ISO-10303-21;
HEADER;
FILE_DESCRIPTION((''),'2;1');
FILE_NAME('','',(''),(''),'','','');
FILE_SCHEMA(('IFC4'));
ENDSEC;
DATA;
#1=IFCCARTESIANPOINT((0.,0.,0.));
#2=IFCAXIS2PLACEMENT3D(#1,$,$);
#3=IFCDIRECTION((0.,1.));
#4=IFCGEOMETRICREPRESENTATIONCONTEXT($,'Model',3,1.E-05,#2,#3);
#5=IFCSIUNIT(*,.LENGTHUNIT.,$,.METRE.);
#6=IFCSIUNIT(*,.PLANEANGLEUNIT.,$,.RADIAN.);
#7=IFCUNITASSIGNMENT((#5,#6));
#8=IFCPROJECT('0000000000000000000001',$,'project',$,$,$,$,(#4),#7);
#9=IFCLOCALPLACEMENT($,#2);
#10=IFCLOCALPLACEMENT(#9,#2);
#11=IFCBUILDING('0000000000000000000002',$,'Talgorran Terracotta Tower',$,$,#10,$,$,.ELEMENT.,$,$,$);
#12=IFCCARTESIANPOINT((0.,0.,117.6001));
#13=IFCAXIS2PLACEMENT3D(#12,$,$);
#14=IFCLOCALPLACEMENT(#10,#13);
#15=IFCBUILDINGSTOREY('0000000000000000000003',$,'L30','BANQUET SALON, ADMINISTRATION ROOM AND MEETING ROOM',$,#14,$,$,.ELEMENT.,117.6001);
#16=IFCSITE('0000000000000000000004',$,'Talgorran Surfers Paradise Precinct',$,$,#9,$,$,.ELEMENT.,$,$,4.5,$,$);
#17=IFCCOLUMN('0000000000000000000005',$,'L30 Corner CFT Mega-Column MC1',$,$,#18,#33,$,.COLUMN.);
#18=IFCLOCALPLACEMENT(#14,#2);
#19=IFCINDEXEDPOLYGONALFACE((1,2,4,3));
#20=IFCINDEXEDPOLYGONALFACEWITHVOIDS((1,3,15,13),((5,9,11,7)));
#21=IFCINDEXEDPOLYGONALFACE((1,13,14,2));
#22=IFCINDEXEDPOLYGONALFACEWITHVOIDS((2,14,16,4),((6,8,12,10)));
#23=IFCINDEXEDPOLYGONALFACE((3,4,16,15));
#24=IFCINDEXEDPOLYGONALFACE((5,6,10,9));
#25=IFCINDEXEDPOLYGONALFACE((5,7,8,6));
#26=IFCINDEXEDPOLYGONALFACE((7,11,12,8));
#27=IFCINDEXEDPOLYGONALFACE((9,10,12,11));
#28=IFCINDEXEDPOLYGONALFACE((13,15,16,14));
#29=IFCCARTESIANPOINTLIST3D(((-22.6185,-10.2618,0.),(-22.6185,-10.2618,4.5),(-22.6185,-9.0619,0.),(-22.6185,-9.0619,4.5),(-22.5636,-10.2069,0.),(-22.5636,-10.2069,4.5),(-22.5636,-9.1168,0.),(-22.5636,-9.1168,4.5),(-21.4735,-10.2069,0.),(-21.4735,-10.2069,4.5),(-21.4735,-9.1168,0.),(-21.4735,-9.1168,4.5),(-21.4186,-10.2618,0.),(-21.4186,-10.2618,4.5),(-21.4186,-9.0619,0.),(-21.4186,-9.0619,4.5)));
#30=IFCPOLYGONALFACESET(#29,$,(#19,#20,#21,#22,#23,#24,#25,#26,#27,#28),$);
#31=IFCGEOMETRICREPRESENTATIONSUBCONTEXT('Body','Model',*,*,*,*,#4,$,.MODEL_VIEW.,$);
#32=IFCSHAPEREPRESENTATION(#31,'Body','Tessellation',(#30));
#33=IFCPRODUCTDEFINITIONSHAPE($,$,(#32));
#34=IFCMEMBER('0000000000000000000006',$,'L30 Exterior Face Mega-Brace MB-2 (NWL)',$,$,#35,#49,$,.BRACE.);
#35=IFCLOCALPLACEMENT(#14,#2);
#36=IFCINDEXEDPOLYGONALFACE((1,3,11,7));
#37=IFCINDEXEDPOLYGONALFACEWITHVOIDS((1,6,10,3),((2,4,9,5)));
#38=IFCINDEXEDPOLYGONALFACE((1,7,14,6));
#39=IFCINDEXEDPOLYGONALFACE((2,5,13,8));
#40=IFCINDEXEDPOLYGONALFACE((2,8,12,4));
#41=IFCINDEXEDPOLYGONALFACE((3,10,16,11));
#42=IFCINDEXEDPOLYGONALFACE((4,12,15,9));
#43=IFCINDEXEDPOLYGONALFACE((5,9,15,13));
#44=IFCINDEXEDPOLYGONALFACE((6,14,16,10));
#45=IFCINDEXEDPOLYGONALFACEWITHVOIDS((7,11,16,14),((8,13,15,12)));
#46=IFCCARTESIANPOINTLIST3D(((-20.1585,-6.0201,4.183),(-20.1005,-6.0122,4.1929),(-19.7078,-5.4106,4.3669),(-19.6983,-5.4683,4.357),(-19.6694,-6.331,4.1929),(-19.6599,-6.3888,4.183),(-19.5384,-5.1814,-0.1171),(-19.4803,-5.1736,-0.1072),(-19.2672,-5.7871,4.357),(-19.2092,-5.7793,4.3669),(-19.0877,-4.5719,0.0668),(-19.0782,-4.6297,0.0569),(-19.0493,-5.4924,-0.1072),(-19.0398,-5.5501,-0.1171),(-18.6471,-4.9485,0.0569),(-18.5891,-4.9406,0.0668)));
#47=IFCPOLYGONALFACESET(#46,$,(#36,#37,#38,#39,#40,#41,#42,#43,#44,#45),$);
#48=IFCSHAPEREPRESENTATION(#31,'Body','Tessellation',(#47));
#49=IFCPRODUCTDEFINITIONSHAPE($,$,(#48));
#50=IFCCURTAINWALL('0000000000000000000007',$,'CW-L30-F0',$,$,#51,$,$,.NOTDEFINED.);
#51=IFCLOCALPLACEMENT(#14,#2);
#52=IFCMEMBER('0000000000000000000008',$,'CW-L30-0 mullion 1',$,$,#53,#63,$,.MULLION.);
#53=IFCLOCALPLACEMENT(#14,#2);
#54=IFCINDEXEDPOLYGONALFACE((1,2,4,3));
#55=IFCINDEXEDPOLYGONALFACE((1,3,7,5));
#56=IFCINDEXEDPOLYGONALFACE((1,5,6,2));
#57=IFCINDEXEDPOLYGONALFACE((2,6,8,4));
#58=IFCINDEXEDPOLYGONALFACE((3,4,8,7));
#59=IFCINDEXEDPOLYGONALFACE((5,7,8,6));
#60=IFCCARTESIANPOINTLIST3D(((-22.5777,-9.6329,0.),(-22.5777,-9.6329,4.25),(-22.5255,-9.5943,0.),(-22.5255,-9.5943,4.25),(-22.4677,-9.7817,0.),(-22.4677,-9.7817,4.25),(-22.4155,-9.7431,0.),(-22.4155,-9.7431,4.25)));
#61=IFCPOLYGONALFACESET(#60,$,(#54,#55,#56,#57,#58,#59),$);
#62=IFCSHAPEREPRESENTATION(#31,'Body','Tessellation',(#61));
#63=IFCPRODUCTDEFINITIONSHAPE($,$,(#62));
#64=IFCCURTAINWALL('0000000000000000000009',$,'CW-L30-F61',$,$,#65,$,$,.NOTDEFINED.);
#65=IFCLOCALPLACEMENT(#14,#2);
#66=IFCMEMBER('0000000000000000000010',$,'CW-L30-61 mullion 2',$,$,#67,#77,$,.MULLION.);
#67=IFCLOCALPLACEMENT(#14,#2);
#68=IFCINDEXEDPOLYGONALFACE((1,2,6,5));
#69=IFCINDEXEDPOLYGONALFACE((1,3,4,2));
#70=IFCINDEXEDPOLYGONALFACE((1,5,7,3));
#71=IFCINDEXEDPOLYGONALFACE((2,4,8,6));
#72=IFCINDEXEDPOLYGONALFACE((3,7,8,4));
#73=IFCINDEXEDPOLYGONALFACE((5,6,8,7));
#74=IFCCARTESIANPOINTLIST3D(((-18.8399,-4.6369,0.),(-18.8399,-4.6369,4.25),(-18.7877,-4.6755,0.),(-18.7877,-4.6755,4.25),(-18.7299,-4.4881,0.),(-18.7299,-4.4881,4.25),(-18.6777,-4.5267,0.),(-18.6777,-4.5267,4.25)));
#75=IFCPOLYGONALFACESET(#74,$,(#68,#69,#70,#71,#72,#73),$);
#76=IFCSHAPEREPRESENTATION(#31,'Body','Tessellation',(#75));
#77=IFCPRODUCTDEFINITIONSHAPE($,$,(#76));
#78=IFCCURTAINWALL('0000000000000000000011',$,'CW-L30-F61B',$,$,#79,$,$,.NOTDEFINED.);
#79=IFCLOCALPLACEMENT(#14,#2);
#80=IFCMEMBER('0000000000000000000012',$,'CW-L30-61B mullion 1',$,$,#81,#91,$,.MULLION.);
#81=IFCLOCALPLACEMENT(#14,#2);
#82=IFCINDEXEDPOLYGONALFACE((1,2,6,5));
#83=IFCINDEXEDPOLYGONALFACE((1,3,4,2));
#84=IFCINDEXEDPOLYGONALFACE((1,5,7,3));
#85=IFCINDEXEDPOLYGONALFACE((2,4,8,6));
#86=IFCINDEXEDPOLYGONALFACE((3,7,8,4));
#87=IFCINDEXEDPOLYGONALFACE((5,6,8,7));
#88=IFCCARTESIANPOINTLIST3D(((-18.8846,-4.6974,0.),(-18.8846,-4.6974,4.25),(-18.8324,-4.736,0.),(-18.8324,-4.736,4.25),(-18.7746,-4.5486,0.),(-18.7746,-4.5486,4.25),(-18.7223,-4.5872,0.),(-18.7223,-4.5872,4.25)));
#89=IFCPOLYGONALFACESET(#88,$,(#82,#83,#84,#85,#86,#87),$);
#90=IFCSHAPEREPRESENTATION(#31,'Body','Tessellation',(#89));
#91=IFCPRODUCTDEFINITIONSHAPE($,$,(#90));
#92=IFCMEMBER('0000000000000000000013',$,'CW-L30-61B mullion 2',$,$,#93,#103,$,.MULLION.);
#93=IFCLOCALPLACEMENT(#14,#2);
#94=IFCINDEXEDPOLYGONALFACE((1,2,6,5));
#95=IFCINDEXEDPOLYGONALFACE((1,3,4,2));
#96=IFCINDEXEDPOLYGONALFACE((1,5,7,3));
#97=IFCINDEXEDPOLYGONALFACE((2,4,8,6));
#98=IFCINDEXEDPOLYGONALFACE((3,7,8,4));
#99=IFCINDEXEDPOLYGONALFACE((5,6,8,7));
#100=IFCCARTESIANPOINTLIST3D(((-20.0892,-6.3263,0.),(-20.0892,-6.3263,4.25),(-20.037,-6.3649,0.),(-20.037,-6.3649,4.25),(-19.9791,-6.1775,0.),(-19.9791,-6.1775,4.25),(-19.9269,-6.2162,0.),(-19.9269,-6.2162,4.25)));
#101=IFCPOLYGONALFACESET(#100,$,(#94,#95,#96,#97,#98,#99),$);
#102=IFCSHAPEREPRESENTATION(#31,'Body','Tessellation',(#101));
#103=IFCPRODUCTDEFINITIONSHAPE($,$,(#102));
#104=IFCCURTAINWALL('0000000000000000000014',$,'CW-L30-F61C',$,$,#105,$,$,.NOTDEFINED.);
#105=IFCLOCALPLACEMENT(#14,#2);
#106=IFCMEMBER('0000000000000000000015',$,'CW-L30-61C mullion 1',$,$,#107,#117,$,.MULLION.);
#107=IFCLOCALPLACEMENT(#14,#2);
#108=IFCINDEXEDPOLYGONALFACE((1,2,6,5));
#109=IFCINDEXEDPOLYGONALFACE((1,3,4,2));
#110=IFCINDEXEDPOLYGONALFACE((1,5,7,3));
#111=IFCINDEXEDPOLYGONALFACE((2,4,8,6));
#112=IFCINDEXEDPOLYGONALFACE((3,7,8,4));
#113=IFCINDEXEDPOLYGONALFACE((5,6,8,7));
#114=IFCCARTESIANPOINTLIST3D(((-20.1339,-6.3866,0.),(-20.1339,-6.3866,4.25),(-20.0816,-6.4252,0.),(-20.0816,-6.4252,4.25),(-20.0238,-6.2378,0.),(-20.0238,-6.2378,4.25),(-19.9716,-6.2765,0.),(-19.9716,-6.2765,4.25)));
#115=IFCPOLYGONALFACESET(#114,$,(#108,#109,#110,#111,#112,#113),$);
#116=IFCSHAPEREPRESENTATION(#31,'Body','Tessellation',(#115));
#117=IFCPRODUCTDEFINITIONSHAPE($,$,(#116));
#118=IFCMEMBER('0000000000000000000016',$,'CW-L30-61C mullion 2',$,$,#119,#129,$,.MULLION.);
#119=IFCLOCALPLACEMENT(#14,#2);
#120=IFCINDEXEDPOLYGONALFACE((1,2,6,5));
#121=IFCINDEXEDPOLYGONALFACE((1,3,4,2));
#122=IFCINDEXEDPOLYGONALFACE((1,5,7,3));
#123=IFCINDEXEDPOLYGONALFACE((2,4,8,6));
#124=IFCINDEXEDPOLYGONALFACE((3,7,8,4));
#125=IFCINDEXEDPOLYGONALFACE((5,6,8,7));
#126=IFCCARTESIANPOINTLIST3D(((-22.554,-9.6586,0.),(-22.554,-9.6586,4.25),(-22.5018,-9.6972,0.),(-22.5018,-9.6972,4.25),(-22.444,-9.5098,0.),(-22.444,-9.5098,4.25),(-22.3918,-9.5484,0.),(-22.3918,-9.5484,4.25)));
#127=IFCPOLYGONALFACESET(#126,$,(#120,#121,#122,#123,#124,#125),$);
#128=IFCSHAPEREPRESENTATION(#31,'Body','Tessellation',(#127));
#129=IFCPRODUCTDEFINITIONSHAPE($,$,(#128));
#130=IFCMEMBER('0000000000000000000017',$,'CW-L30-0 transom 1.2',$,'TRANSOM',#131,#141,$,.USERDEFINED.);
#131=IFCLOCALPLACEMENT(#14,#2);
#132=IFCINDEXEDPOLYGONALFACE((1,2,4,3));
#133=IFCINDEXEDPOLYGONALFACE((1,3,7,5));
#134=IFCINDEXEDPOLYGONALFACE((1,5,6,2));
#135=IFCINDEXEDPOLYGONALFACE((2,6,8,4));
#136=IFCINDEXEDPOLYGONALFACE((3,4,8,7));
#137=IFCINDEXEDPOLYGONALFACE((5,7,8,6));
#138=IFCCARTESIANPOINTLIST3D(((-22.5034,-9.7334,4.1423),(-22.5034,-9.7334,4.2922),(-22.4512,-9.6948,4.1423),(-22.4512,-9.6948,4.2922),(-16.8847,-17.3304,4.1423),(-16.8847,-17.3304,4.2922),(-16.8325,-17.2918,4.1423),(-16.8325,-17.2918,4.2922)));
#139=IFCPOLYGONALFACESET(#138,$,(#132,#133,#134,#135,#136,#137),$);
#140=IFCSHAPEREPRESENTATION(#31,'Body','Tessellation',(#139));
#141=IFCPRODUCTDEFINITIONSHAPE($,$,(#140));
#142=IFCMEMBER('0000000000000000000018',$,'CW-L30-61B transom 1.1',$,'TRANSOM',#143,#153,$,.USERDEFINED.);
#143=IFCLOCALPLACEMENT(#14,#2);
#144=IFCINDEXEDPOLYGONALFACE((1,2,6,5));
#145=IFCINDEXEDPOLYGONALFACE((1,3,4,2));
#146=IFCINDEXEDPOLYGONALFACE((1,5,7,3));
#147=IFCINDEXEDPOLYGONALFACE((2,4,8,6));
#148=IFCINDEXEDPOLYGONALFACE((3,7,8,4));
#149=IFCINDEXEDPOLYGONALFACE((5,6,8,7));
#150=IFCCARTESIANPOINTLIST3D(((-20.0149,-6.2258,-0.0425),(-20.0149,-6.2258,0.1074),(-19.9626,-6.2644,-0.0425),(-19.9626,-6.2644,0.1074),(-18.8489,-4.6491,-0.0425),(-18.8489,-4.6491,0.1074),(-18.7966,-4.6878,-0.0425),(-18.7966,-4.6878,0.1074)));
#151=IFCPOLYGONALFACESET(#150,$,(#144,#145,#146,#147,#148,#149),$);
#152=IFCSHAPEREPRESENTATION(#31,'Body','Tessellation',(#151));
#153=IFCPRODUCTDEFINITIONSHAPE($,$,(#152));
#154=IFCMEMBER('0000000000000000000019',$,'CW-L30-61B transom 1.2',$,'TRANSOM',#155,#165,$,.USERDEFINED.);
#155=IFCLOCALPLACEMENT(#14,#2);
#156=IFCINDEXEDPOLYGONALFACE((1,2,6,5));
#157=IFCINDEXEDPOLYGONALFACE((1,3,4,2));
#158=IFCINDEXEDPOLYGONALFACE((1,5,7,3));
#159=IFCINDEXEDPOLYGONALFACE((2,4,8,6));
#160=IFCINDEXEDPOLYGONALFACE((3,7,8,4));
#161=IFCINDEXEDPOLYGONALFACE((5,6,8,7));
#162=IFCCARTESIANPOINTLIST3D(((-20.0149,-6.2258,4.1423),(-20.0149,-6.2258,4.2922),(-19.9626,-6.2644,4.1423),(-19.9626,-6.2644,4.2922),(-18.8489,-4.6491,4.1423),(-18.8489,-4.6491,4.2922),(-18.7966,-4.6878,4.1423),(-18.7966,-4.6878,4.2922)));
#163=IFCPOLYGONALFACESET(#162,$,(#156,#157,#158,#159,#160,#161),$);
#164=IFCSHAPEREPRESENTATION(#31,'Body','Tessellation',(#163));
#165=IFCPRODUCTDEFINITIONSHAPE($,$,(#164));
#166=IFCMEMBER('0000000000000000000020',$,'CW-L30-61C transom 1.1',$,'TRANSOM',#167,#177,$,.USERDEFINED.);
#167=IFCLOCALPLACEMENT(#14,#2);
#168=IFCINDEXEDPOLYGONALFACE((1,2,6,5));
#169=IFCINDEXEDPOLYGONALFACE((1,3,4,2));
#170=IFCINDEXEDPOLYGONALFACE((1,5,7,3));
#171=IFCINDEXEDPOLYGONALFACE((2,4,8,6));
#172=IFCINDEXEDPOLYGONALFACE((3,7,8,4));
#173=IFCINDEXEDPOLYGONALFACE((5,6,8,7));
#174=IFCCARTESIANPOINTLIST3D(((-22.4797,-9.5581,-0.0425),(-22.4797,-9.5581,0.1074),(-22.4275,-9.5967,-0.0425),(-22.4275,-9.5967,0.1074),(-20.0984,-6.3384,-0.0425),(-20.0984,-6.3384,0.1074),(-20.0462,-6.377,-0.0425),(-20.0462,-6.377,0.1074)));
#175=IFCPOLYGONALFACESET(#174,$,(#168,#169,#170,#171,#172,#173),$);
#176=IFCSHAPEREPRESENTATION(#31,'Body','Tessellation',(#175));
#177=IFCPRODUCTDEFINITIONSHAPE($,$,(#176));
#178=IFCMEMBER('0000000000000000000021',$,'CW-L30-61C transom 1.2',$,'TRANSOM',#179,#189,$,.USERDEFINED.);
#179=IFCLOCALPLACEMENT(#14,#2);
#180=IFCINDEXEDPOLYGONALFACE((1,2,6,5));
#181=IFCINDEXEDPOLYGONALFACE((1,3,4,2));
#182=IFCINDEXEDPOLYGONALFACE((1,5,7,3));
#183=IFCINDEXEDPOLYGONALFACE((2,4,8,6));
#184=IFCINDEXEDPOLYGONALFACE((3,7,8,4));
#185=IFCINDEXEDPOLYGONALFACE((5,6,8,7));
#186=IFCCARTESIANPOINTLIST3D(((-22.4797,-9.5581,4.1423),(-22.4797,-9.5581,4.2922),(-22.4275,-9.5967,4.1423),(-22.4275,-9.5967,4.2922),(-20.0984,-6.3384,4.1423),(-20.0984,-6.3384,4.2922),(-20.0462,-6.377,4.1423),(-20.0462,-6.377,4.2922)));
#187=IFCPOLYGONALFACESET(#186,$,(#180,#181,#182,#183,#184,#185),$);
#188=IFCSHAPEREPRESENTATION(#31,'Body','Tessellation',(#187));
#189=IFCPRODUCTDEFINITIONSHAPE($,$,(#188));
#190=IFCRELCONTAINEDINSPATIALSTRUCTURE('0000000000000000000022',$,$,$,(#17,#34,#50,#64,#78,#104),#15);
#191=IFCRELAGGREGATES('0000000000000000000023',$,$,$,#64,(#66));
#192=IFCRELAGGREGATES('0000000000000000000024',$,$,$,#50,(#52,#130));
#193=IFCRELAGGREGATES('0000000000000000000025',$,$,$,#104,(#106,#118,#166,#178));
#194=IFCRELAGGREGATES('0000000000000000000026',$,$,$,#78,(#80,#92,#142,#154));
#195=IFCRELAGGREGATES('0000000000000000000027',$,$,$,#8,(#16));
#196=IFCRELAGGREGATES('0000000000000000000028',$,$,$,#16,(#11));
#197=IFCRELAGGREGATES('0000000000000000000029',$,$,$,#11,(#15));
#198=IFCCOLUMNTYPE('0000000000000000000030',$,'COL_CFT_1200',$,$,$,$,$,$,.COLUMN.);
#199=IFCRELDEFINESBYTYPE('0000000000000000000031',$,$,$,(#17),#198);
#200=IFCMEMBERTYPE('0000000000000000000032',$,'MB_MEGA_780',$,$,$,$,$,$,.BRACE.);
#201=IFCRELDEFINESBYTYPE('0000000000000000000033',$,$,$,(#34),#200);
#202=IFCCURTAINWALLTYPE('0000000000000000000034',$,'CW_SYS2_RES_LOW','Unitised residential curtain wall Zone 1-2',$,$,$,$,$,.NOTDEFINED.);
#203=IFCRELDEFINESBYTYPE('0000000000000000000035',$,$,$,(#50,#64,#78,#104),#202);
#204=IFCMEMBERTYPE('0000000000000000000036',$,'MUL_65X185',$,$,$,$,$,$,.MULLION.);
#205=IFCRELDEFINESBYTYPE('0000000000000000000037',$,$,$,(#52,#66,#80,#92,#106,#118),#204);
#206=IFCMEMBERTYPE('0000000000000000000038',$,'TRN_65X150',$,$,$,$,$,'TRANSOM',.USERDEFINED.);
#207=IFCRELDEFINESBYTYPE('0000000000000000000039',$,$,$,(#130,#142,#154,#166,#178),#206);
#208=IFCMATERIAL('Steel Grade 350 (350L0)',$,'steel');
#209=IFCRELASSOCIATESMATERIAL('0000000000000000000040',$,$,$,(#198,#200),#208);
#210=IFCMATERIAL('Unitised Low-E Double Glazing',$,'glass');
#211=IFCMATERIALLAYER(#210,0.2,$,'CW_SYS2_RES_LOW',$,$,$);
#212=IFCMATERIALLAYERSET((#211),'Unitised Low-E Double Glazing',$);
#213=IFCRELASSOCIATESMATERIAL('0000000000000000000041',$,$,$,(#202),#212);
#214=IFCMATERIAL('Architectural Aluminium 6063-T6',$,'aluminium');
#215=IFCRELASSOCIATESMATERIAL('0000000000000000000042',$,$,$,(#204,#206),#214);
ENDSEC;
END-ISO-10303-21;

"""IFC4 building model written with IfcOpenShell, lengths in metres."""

from ifc_helpers import new_model, si_unit, direction, frame, origin, origin_2d, place, context, subcontext, project, spatial, rectangle, hollow_rectangle, extrude, material, layer, layer_set, material_profile, profile_set, type_object, element, aggregate, save


model = new_model("IFC4")

# Units and contexts
model_context = context("Model", 3, precision=1e-05, world=origin(), true_north=direction((0.0, 1.0)))
body_context = subcontext(model_context, "Body", "Model", "MODEL_VIEW")
ifc_project = project(units=[si_unit("LENGTHUNIT", "METRE"), si_unit("PLANEANGLEUNIT", "RADIAN")], contexts=[model_context])

# Site, building, storey
site_placement = place(None, origin())
site = spatial("IfcSite", under=ifc_project, at=site_placement, Name="Talgorran Surfers Paradise Precinct", CompositionType="ELEMENT", RefElevation=4.5)
building_placement = place(site_placement, origin())
building = spatial("IfcBuilding", under=site, at=building_placement, Name="Talgorran Terracotta Tower", CompositionType="ELEMENT")
storey_placement = place(building_placement, frame((0.0, 0.0, 117.6001)))
storey = spatial("IfcBuildingStorey", under=building, at=storey_placement, Name="L30", Description="BANQUET SALON, ADMINISTRATION ROOM AND MEETING ROOM", CompositionType="ELEMENT", Elevation=117.6001)

# Column
ifc_material_1 = material(Name="Steel Grade 350 (350L0)", Category="steel")
ifc_material_profile_1 = material_profile(ifc_material_1, hollow_rectangle(XDim=1.2, YDim=1.2, WallThickness=0.0549, at=origin_2d()), Name="CFT1200X1200X55")
ifc_profile_set_1 = profile_set([ifc_material_profile_1], Name="Steel Grade 350 (350L0)")
column_type = type_object("IfcColumnType", Name="COL_CFT_1200", PredefinedType="COLUMN", material=ifc_profile_set_1)
column_placement = place(storey_placement, frame((-22.0186, -9.6619, 0.0), z_axis=(0.0, 0.0, 1.0), x_axis=(1.0, 0.0, 0.0)))
element("IfcColumn", 1, at=column_placement, inside=storey, type_object=column_type, Name="L30 Corner CFT Mega-Column MC1", PredefinedType="COLUMN", context=body_context, shape_type="SweptSolid", body=[
    extrude(hollow_rectangle(XDim=1.2, YDim=1.2, WallThickness=0.0549, at=origin_2d()), origin(), (0.0, 0.0, 1.0), 4.5),
])

# Member
ifc_material_profile_2 = material_profile(ifc_material_1, hollow_rectangle(XDim=0.6201, YDim=0.78, WallThickness=0.042, at=origin_2d()), Name="WBOX780X620X42")
ifc_profile_set_2 = profile_set([ifc_material_profile_2], Name="Steel Grade 350 (350L0)")
member_type_1 = type_object("IfcMemberType", Name="MB_MEGA_780", PredefinedType="BRACE", material=ifc_profile_set_2)
member_1_placement = place(storey_placement, frame((-19.0637, -5.061, -0.0251), z_axis=(-0.140148, -0.189531, 0.971821), x_axis=(0.804055, -0.594556, 0.0)))
element("IfcMember", 2, at=member_1_placement, inside=storey, type_object=member_type_1, Name="L30 Exterior Face Mega-Brace MB-2 (NWL)", PredefinedType="BRACE", context=body_context, shape_type="SweptSolid", body=[
    extrude(hollow_rectangle(XDim=0.6201, YDim=0.78, WallThickness=0.042, at=origin_2d()), origin(), (0.0, 0.0, 1.0), 4.4248),
])

# Curtain walls, members
ifc_material_2 = material(Name="Unitised Low-E Double Glazing", Category="glass")
ifc_layer_1 = layer(ifc_material_2, 0.2, Name="CW_SYS2_RES_LOW")
ifc_layer_set_1 = layer_set([ifc_layer_1], Name="Unitised Low-E Double Glazing")
curtain_wall_type = type_object("IfcCurtainWallType", Name="CW_SYS2_RES_LOW", Description="Unitised residential curtain wall Zone 1-2", PredefinedType="NOTDEFINED", material=ifc_layer_set_1)
curtain_wall_1_placement = place(storey_placement, origin())
curtain_wall_1 = element("IfcCurtainWall", 3, at=curtain_wall_1_placement, inside=storey, type_object=curtain_wall_type, Name="CW-L30-F0", PredefinedType="NOTDEFINED")
ifc_material_3 = material(Name="Architectural Aluminium 6063-T6", Category="aluminium")
ifc_material_profile_3 = material_profile(ifc_material_3, rectangle(XDim=0.0649, YDim=0.1851, at=origin_2d()), Name="CWM65X185")
ifc_profile_set_3 = profile_set([ifc_material_profile_3], Name="Architectural Aluminium 6063-T6")
member_type_2 = type_object("IfcMemberType", Name="MUL_65X185", PredefinedType="MULLION", material=ifc_profile_set_3)
member_2_placement = place(storey_placement, frame((-22.4966, -9.688, 0.0), z_axis=(0.0, 0.0, 1.0), x_axis=(0.803993, 0.594638, 0.0)))
member_2 = element("IfcMember", 4, at=member_2_placement, type_object=member_type_2, Name="CW-L30-0 mullion 1", PredefinedType="MULLION", context=body_context, shape_type="SweptSolid", body=[
    extrude(rectangle(XDim=0.0649, YDim=0.1851, at=origin_2d()), origin(), (0.0, 0.0, 1.0), 4.25),
])
curtain_wall_2_placement = place(storey_placement, origin())
curtain_wall_2 = element("IfcCurtainWall", 5, at=curtain_wall_2_placement, inside=storey, type_object=curtain_wall_type, Name="CW-L30-F61", PredefinedType="NOTDEFINED")
member_3_placement = place(storey_placement, frame((-18.7588, -4.5818, 0.0), z_axis=(0.0, 0.0, 1.0), x_axis=(0.803996, -0.594635, 0.0)))
member_3 = element("IfcMember", 6, at=member_3_placement, type_object=member_type_2, Name="CW-L30-61 mullion 2", PredefinedType="MULLION", context=body_context, shape_type="SweptSolid", body=[
    extrude(rectangle(XDim=0.0649, YDim=0.1851, at=origin_2d()), origin(), (0.0, 0.0, 1.0), 4.25),
])
aggregate(curtain_wall_2, [member_3])

# Curtain walls, members
curtain_wall_3_placement = place(storey_placement, origin())
curtain_wall_3 = element("IfcCurtainWall", 7, at=curtain_wall_3_placement, inside=storey, type_object=curtain_wall_type, Name="CW-L30-F61B", PredefinedType="NOTDEFINED")
member_4_placement = place(storey_placement, frame((-18.8035, -4.6423, 0.0), z_axis=(0.0, 0.0, 1.0), x_axis=(0.803999, -0.59463, 0.0)))
member_4 = element("IfcMember", 8, at=member_4_placement, type_object=member_type_2, Name="CW-L30-61B mullion 1", PredefinedType="MULLION", context=body_context, shape_type="SweptSolid", body=[
    extrude(rectangle(XDim=0.0649, YDim=0.1851, at=origin_2d()), origin(), (0.0, 0.0, 1.0), 4.25),
])
member_5_placement = place(storey_placement, frame((-20.0081, -6.2712, 0.0), z_axis=(0.0, 0.0, 1.0), x_axis=(0.803999, -0.59463, 0.0)))
member_5 = element("IfcMember", 9, at=member_5_placement, type_object=member_type_2, Name="CW-L30-61B mullion 2", PredefinedType="MULLION", context=body_context, shape_type="SweptSolid", body=[
    extrude(rectangle(XDim=0.0649, YDim=0.1851, at=origin_2d()), origin(), (0.0, 0.0, 1.0), 4.25),
])
curtain_wall_4_placement = place(storey_placement, origin())
curtain_wall_4 = element("IfcCurtainWall", 10, at=curtain_wall_4_placement, inside=storey, type_object=curtain_wall_type, Name="CW-L30-F61C", PredefinedType="NOTDEFINED")
member_6_placement = place(storey_placement, frame((-20.0527, -6.3315, 0.0), z_axis=(0.0, 0.0, 1.0), x_axis=(0.803999, -0.594631, 0.0)))
member_6 = element("IfcMember", 11, at=member_6_placement, type_object=member_type_2, Name="CW-L30-61C mullion 1", PredefinedType="MULLION", context=body_context, shape_type="SweptSolid", body=[
    extrude(rectangle(XDim=0.0649, YDim=0.1851, at=origin_2d()), origin(), (0.0, 0.0, 1.0), 4.25),
])
member_7_placement = place(storey_placement, frame((-22.4729, -9.6035, 0.0), z_axis=(0.0, 0.0, 1.0), x_axis=(0.803999, -0.594631, 0.0)))
member_7 = element("IfcMember", 12, at=member_7_placement, type_object=member_type_2, Name="CW-L30-61C mullion 2", PredefinedType="MULLION", context=body_context, shape_type="SweptSolid", body=[
    extrude(rectangle(XDim=0.0649, YDim=0.1851, at=origin_2d()), origin(), (0.0, 0.0, 1.0), 4.25),
])

# Members
ifc_material_profile_4 = material_profile(ifc_material_3, rectangle(XDim=0.0649, YDim=0.1499, at=origin_2d()), Name="CWT65X150")
ifc_profile_set_4 = profile_set([ifc_material_profile_4], Name="Architectural Aluminium 6063-T6")
member_type_3 = type_object("IfcMemberType", Name="TRN_65X150", ElementType="TRANSOM", PredefinedType="USERDEFINED", material=ifc_profile_set_4)
member_8_placement = place(storey_placement, frame((-22.4773, -9.7141, 4.2173), z_axis=(0.594633, -0.803997, 0.0), x_axis=(0.803997, 0.594633, 0.0)))
member_8 = element("IfcMember", 13, at=member_8_placement, type_object=member_type_3, Name="CW-L30-0 transom 1.2", ObjectType="TRANSOM", PredefinedType="USERDEFINED", context=body_context, shape_type="SweptSolid", body=[
    extrude(rectangle(XDim=0.0649, YDim=0.1499, at=origin_2d()), origin(), (0.0, 0.0, 1.0), 9.449),
])
aggregate(curtain_wall_1, [member_2, member_8])
member_9_placement = place(storey_placement, frame((-18.8228, -4.6685, 0.0325), z_axis=(-0.594608, -0.804016, 0.0), x_axis=(0.804016, -0.594608, 0.0)))
member_9 = element("IfcMember", 14, at=member_9_placement, type_object=member_type_3, Name="CW-L30-61B transom 1.1", ObjectType="TRANSOM", PredefinedType="USERDEFINED", context=body_context, shape_type="SweptSolid", body=[
    extrude(rectangle(XDim=0.0649, YDim=0.1499, at=origin_2d()), origin(), (0.0, 0.0, 1.0), 1.9609),
])
member_10_placement = place(storey_placement, frame((-18.8228, -4.6685, 4.2173), z_axis=(-0.594608, -0.804016, 0.0), x_axis=(0.804016, -0.594608, 0.0)))
member_10 = element("IfcMember", 15, at=member_10_placement, type_object=member_type_3, Name="CW-L30-61B transom 1.2", ObjectType="TRANSOM", PredefinedType="USERDEFINED", context=body_context, shape_type="SweptSolid", body=[
    extrude(rectangle(XDim=0.0649, YDim=0.1499, at=origin_2d()), origin(), (0.0, 0.0, 1.0), 1.9609),
])
member_11_placement = place(storey_placement, frame((-20.0723, -6.3577, 0.0325), z_axis=(-0.594641, -0.803991, 0.0), x_axis=(0.803991, -0.594641, 0.0)))
member_11 = element("IfcMember", 16, at=member_11_placement, type_object=member_type_3, Name="CW-L30-61C transom 1.1", ObjectType="TRANSOM", PredefinedType="USERDEFINED", context=body_context, shape_type="SweptSolid", body=[
    extrude(rectangle(XDim=0.0649, YDim=0.1499, at=origin_2d()), origin(), (0.0, 0.0, 1.0), 4.0046),
])
member_12_placement = place(storey_placement, frame((-20.0723, -6.3577, 4.2173), z_axis=(-0.594641, -0.803991, 0.0), x_axis=(0.803991, -0.594641, 0.0)))
member_12 = element("IfcMember", 17, at=member_12_placement, type_object=member_type_3, Name="CW-L30-61C transom 1.2", ObjectType="TRANSOM", PredefinedType="USERDEFINED", context=body_context, shape_type="SweptSolid", body=[
    extrude(rectangle(XDim=0.0649, YDim=0.1499, at=origin_2d()), origin(), (0.0, 0.0, 1.0), 4.0046),
])

aggregate(curtain_wall_4, [member_6, member_7, member_11, member_12])
aggregate(curtain_wall_3, [member_4, member_5, member_9, member_10])

save(model, "model.ifc")
